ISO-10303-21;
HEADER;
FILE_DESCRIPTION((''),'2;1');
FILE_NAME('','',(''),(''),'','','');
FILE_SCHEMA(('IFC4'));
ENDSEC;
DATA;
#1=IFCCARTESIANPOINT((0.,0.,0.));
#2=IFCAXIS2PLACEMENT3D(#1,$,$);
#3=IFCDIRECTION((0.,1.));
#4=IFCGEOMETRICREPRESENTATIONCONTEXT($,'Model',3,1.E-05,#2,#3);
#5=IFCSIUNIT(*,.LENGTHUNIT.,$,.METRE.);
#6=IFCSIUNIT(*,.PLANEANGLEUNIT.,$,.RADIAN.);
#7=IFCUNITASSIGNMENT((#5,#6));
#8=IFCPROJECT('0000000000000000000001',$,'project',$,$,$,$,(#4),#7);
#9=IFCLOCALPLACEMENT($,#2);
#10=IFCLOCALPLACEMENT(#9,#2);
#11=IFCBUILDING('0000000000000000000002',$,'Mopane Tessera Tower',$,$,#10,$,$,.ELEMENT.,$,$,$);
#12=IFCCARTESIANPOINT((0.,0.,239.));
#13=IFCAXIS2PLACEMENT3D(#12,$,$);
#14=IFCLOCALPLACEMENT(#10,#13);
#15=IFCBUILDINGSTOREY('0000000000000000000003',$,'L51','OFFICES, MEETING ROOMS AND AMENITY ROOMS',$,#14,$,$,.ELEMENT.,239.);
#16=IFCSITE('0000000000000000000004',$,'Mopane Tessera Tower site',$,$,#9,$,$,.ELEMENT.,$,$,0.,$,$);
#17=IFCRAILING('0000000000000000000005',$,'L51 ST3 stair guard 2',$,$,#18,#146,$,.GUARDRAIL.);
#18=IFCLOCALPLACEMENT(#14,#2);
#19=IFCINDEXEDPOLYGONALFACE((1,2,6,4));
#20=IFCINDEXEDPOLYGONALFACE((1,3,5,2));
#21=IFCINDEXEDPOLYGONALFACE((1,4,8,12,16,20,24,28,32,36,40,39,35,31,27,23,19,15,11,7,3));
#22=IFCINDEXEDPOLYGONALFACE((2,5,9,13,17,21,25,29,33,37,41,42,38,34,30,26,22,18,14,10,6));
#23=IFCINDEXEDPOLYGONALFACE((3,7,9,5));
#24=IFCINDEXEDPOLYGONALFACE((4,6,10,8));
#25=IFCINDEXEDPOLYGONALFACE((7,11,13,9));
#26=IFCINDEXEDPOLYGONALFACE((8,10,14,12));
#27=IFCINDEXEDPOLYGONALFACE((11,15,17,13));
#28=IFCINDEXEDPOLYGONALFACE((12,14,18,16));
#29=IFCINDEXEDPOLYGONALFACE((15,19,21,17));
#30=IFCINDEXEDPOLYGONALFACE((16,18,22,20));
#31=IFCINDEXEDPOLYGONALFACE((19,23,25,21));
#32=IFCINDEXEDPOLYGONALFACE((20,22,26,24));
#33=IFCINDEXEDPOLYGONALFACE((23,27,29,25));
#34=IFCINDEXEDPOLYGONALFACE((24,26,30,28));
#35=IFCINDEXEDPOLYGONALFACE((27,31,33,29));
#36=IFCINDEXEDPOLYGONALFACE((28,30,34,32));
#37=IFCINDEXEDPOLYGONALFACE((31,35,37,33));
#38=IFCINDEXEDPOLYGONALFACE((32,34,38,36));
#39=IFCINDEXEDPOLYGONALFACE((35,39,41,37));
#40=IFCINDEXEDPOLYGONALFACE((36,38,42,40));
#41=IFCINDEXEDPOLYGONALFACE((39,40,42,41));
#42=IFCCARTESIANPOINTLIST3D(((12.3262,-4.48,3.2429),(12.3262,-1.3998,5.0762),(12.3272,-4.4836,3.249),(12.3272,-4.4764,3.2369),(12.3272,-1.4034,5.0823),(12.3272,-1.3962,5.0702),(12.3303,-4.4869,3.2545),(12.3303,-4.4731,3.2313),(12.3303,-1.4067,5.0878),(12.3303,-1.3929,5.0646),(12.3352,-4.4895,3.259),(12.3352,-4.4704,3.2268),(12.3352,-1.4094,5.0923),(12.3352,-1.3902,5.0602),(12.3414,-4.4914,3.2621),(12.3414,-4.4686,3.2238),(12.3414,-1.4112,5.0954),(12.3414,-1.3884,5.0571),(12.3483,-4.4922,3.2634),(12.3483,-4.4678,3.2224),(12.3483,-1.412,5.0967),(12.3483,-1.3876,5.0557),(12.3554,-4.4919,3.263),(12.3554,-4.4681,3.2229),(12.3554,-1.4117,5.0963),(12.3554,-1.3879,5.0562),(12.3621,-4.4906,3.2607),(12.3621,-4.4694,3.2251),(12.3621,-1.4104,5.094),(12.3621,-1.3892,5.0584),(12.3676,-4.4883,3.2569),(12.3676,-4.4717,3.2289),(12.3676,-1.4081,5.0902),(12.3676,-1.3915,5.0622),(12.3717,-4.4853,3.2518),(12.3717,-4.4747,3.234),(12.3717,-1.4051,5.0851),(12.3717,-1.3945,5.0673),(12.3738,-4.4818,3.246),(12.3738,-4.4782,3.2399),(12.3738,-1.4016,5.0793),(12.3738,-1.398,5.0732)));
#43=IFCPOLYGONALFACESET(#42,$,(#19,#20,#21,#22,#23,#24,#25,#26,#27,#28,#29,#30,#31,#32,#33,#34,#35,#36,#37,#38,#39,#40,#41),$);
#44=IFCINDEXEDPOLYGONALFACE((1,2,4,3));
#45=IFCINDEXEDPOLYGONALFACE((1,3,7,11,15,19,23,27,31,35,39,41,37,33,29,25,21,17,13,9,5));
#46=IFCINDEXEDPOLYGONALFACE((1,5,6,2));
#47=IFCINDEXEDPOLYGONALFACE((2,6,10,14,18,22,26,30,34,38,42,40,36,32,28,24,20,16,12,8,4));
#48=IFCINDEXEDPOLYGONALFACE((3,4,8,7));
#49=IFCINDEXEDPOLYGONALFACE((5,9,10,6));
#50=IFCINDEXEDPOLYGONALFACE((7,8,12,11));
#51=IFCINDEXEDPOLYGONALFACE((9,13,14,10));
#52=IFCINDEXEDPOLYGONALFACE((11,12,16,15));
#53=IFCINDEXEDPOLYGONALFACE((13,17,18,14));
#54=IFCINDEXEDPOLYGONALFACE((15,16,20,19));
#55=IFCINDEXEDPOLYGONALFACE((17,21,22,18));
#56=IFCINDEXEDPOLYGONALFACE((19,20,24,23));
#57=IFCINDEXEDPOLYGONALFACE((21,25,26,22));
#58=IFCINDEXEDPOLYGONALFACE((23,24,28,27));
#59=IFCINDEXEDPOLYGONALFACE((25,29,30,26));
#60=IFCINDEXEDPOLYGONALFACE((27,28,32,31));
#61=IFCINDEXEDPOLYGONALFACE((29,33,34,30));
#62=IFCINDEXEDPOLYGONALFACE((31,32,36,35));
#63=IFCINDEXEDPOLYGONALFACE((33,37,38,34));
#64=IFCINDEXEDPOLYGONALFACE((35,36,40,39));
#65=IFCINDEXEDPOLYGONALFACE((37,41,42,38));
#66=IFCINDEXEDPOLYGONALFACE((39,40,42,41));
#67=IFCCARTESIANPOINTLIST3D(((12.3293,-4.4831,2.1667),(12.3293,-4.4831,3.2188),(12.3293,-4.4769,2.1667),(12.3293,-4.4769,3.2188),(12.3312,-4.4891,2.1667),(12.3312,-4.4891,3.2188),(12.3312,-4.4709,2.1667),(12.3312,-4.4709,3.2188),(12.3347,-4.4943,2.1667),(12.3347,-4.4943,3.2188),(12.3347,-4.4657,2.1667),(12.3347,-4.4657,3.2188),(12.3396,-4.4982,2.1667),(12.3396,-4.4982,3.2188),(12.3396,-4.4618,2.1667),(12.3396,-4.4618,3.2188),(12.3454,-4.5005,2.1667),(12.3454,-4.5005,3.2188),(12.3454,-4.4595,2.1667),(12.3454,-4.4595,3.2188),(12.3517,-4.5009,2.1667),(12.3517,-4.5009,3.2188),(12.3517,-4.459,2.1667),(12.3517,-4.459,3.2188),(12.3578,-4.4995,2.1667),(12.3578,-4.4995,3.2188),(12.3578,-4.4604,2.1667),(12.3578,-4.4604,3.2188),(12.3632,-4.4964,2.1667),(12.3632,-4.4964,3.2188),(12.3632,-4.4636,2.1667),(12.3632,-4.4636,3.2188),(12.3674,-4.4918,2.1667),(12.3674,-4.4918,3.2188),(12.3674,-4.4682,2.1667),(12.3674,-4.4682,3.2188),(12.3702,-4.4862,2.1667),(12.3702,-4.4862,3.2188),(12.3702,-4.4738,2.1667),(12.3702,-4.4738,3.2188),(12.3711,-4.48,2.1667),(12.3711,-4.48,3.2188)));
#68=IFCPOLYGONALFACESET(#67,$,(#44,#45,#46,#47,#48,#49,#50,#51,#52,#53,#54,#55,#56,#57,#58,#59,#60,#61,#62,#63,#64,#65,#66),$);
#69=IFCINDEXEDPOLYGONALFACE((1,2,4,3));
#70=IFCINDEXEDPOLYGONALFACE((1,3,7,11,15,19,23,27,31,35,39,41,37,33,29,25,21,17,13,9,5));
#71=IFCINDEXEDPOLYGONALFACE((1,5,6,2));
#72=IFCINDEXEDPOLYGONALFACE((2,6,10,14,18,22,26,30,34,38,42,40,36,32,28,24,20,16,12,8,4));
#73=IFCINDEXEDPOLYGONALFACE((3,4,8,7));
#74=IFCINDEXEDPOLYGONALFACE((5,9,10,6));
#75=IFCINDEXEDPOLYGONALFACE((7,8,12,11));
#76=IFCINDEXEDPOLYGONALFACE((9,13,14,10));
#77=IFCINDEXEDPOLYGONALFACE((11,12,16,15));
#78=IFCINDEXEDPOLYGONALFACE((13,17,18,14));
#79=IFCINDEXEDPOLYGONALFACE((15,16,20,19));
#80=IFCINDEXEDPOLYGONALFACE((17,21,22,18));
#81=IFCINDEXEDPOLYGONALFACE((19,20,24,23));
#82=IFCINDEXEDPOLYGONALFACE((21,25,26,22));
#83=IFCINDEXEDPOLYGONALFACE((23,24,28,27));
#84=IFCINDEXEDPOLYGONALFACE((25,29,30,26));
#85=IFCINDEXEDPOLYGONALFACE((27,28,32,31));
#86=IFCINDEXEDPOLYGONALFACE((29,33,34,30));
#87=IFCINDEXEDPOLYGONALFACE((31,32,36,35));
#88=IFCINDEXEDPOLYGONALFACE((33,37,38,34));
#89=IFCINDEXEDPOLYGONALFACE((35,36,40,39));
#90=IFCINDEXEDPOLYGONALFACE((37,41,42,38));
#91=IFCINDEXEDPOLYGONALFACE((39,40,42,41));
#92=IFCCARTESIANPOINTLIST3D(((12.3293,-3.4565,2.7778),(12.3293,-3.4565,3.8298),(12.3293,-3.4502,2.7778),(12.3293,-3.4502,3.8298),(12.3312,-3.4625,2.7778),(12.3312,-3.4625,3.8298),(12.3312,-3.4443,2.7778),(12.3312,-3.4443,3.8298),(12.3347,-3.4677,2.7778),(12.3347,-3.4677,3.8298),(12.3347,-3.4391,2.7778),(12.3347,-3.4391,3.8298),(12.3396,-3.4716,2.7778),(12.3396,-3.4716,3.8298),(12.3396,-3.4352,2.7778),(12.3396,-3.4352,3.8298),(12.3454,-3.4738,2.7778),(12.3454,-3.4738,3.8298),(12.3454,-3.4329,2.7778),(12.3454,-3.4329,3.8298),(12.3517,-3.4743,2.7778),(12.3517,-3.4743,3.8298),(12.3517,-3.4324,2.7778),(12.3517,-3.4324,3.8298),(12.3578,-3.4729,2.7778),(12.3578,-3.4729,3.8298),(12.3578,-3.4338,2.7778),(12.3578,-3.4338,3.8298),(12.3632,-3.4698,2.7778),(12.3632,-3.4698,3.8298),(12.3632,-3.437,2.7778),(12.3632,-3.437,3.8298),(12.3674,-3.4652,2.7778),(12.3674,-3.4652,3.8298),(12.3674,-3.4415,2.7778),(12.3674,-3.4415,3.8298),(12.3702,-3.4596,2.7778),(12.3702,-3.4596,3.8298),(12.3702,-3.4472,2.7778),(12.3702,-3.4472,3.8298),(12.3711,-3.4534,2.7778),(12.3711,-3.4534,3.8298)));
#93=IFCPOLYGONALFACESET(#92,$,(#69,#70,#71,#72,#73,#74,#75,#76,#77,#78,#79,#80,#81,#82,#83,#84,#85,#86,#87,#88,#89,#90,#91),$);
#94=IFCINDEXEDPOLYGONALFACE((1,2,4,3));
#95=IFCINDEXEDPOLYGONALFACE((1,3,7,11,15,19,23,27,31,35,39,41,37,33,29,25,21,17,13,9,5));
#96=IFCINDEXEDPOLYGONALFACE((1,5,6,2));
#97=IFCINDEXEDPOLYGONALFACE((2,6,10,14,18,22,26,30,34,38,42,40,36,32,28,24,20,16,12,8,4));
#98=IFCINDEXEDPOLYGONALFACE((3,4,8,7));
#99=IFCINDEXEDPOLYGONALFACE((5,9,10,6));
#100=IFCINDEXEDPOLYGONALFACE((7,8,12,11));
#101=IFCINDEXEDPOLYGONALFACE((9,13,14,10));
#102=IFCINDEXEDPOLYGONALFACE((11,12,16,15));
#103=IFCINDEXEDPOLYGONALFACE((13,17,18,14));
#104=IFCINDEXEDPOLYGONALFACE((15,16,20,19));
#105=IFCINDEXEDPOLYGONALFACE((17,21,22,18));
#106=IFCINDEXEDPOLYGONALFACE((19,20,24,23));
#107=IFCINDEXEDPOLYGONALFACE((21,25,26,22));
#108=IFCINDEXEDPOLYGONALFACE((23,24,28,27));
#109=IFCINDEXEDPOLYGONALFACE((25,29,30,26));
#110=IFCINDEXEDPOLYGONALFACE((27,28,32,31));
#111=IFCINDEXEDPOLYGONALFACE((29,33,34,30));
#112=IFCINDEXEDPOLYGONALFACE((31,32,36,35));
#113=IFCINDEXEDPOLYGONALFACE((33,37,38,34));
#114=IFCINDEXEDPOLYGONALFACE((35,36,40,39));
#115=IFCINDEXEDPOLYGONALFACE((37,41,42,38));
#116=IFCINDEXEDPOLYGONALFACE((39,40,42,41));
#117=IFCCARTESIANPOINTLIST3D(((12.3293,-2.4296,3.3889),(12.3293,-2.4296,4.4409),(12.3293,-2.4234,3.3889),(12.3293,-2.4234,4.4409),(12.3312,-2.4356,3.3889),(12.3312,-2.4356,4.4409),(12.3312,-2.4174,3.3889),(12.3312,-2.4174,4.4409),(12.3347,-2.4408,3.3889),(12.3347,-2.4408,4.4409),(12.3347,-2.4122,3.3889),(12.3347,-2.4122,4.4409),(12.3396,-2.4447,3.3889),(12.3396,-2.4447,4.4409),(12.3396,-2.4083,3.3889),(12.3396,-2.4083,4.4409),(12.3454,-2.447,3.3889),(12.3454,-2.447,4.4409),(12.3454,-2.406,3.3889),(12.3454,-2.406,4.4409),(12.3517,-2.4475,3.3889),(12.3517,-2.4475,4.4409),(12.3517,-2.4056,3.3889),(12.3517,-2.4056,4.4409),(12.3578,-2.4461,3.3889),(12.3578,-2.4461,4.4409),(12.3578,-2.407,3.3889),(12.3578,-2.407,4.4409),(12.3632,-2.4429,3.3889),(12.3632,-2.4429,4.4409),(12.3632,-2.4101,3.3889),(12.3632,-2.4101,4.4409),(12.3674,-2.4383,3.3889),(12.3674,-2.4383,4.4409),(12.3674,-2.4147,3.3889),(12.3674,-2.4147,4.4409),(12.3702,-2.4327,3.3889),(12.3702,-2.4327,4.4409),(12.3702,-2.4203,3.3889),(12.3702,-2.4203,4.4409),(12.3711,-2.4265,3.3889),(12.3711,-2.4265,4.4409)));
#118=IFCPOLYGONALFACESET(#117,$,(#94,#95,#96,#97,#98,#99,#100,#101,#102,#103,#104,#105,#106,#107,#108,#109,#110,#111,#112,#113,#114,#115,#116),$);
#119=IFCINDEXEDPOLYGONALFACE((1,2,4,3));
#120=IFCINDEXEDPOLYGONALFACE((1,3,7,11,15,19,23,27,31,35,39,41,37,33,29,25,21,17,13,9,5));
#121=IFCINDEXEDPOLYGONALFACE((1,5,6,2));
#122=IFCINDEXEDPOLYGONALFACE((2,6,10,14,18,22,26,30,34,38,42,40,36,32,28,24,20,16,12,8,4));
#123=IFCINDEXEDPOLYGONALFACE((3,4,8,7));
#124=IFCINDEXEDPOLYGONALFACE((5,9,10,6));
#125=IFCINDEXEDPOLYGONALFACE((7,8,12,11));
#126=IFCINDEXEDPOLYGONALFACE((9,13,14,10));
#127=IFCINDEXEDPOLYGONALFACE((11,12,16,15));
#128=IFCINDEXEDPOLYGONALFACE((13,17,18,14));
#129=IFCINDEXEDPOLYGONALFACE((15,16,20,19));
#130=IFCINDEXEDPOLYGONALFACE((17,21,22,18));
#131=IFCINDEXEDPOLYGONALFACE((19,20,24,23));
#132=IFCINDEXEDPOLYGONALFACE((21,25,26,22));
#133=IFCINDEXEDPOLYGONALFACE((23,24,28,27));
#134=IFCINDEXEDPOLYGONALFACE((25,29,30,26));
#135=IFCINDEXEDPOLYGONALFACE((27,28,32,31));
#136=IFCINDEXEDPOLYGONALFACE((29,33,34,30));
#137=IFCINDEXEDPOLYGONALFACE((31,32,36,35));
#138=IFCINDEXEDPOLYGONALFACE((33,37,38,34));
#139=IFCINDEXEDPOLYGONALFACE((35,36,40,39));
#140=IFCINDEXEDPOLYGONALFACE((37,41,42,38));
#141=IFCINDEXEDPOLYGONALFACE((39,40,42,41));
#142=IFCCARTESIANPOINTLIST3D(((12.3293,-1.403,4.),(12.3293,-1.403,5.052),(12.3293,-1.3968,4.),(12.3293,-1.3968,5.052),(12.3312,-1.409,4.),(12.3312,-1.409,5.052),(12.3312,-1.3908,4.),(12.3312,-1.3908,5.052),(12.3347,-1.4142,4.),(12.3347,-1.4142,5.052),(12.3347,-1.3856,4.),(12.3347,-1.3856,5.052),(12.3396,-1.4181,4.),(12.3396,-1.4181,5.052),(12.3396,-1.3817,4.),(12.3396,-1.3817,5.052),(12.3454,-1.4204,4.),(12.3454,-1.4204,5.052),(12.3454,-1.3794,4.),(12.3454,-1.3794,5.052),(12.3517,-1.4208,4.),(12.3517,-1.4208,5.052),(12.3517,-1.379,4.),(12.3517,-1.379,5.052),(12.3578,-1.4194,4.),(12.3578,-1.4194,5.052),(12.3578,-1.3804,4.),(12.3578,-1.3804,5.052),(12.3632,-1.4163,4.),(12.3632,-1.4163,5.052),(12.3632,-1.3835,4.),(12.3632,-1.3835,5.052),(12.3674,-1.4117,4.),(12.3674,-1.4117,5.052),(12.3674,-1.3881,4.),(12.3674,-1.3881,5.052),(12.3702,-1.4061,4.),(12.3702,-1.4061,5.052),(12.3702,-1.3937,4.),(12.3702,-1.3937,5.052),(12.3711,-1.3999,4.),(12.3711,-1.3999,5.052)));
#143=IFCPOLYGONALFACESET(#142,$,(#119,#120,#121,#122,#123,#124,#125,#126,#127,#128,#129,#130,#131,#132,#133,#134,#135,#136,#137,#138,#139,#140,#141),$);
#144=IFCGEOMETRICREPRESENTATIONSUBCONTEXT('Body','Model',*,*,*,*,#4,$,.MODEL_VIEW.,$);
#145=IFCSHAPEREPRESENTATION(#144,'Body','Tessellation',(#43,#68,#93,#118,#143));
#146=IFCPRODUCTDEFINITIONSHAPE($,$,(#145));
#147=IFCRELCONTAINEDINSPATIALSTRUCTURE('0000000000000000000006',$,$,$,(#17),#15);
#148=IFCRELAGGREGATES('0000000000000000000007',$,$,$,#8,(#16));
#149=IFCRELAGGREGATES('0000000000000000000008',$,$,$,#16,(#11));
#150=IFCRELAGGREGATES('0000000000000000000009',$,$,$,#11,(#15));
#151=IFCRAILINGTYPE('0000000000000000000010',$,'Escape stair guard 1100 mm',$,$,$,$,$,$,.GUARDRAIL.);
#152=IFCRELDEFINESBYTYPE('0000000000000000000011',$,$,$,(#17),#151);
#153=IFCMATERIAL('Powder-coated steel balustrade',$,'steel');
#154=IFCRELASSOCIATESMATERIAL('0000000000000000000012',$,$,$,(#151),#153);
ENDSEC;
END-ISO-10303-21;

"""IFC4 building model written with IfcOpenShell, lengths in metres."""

from ifc_helpers import new_model, si_unit, direction, frame, origin, origin_2d, place, context, subcontext, project, spatial, circle, extrude, material, type_object, element, save


model = new_model("IFC4")

# Units and contexts
model_context = context("Model", 3, precision=1e-05, world=origin(), true_north=direction((0.0, 1.0)))
body_context = subcontext(model_context, "Body", "Model", "MODEL_VIEW")
ifc_project = project(units=[si_unit("LENGTHUNIT", "METRE"), si_unit("PLANEANGLEUNIT", "RADIAN")], contexts=[model_context])

# Site, building, storey
site_placement = place(None, origin())
site = spatial("IfcSite", under=ifc_project, at=site_placement, Name="Mopane Tessera Tower site", CompositionType="ELEMENT", RefElevation=0.0)
building_placement = place(site_placement, origin())
building = spatial("IfcBuilding", under=site, at=building_placement, Name="Mopane Tessera Tower", CompositionType="ELEMENT")
storey_placement = place(building_placement, frame((0.0, 0.0, 239.0)))
storey = spatial("IfcBuildingStorey", under=building, at=storey_placement, Name="L51", Description="OFFICES, MEETING ROOMS AND AMENITY ROOMS", CompositionType="ELEMENT", Elevation=239.0)

# Railing
ifc_material_1 = material(Name="Powder-coated steel balustrade", Category="steel")
railing_type_1 = type_object("IfcRailingType", Name="Escape stair guard 1100 mm", PredefinedType="GUARDRAIL", material=ifc_material_1)
railing_1_placement = place(storey_placement, frame((12.3501, -4.48, 2.1667)))
element("IfcRailing", 1, at=railing_1_placement, inside=storey, type_object=railing_type_1, Name="L51 ST3 stair guard 2", PredefinedType="GUARDRAIL", context=body_context, shape_type="SweptSolid", body=[
    extrude(circle(Radius=0.0239, at=origin_2d()), frame((0.0, 0.0, 1.0762), z_axis=(0.0, 0.859309, 0.511458), x_axis=(-1.0, 0.0, 0.0)), (0.0, 0.0, 1.0), 3.5845),
    extrude(circle(Radius=0.021, at=origin_2d()), origin(), (0.0, 0.0, 1.0), 1.052),
    extrude(circle(Radius=0.021, at=origin_2d()), frame((0.0, 1.0266, 0.6111)), (0.0, 0.0, 1.0), 1.052),
    extrude(circle(Radius=0.021, at=origin_2d()), frame((0.0, 2.0535, 1.2222)), (0.0, 0.0, 1.0), 1.052),
    extrude(circle(Radius=0.021, at=origin_2d()), frame((0.0, 3.0801, 1.8333)), (0.0, 0.0, 1.0), 1.052),
])

save(model, "model.ifc")
